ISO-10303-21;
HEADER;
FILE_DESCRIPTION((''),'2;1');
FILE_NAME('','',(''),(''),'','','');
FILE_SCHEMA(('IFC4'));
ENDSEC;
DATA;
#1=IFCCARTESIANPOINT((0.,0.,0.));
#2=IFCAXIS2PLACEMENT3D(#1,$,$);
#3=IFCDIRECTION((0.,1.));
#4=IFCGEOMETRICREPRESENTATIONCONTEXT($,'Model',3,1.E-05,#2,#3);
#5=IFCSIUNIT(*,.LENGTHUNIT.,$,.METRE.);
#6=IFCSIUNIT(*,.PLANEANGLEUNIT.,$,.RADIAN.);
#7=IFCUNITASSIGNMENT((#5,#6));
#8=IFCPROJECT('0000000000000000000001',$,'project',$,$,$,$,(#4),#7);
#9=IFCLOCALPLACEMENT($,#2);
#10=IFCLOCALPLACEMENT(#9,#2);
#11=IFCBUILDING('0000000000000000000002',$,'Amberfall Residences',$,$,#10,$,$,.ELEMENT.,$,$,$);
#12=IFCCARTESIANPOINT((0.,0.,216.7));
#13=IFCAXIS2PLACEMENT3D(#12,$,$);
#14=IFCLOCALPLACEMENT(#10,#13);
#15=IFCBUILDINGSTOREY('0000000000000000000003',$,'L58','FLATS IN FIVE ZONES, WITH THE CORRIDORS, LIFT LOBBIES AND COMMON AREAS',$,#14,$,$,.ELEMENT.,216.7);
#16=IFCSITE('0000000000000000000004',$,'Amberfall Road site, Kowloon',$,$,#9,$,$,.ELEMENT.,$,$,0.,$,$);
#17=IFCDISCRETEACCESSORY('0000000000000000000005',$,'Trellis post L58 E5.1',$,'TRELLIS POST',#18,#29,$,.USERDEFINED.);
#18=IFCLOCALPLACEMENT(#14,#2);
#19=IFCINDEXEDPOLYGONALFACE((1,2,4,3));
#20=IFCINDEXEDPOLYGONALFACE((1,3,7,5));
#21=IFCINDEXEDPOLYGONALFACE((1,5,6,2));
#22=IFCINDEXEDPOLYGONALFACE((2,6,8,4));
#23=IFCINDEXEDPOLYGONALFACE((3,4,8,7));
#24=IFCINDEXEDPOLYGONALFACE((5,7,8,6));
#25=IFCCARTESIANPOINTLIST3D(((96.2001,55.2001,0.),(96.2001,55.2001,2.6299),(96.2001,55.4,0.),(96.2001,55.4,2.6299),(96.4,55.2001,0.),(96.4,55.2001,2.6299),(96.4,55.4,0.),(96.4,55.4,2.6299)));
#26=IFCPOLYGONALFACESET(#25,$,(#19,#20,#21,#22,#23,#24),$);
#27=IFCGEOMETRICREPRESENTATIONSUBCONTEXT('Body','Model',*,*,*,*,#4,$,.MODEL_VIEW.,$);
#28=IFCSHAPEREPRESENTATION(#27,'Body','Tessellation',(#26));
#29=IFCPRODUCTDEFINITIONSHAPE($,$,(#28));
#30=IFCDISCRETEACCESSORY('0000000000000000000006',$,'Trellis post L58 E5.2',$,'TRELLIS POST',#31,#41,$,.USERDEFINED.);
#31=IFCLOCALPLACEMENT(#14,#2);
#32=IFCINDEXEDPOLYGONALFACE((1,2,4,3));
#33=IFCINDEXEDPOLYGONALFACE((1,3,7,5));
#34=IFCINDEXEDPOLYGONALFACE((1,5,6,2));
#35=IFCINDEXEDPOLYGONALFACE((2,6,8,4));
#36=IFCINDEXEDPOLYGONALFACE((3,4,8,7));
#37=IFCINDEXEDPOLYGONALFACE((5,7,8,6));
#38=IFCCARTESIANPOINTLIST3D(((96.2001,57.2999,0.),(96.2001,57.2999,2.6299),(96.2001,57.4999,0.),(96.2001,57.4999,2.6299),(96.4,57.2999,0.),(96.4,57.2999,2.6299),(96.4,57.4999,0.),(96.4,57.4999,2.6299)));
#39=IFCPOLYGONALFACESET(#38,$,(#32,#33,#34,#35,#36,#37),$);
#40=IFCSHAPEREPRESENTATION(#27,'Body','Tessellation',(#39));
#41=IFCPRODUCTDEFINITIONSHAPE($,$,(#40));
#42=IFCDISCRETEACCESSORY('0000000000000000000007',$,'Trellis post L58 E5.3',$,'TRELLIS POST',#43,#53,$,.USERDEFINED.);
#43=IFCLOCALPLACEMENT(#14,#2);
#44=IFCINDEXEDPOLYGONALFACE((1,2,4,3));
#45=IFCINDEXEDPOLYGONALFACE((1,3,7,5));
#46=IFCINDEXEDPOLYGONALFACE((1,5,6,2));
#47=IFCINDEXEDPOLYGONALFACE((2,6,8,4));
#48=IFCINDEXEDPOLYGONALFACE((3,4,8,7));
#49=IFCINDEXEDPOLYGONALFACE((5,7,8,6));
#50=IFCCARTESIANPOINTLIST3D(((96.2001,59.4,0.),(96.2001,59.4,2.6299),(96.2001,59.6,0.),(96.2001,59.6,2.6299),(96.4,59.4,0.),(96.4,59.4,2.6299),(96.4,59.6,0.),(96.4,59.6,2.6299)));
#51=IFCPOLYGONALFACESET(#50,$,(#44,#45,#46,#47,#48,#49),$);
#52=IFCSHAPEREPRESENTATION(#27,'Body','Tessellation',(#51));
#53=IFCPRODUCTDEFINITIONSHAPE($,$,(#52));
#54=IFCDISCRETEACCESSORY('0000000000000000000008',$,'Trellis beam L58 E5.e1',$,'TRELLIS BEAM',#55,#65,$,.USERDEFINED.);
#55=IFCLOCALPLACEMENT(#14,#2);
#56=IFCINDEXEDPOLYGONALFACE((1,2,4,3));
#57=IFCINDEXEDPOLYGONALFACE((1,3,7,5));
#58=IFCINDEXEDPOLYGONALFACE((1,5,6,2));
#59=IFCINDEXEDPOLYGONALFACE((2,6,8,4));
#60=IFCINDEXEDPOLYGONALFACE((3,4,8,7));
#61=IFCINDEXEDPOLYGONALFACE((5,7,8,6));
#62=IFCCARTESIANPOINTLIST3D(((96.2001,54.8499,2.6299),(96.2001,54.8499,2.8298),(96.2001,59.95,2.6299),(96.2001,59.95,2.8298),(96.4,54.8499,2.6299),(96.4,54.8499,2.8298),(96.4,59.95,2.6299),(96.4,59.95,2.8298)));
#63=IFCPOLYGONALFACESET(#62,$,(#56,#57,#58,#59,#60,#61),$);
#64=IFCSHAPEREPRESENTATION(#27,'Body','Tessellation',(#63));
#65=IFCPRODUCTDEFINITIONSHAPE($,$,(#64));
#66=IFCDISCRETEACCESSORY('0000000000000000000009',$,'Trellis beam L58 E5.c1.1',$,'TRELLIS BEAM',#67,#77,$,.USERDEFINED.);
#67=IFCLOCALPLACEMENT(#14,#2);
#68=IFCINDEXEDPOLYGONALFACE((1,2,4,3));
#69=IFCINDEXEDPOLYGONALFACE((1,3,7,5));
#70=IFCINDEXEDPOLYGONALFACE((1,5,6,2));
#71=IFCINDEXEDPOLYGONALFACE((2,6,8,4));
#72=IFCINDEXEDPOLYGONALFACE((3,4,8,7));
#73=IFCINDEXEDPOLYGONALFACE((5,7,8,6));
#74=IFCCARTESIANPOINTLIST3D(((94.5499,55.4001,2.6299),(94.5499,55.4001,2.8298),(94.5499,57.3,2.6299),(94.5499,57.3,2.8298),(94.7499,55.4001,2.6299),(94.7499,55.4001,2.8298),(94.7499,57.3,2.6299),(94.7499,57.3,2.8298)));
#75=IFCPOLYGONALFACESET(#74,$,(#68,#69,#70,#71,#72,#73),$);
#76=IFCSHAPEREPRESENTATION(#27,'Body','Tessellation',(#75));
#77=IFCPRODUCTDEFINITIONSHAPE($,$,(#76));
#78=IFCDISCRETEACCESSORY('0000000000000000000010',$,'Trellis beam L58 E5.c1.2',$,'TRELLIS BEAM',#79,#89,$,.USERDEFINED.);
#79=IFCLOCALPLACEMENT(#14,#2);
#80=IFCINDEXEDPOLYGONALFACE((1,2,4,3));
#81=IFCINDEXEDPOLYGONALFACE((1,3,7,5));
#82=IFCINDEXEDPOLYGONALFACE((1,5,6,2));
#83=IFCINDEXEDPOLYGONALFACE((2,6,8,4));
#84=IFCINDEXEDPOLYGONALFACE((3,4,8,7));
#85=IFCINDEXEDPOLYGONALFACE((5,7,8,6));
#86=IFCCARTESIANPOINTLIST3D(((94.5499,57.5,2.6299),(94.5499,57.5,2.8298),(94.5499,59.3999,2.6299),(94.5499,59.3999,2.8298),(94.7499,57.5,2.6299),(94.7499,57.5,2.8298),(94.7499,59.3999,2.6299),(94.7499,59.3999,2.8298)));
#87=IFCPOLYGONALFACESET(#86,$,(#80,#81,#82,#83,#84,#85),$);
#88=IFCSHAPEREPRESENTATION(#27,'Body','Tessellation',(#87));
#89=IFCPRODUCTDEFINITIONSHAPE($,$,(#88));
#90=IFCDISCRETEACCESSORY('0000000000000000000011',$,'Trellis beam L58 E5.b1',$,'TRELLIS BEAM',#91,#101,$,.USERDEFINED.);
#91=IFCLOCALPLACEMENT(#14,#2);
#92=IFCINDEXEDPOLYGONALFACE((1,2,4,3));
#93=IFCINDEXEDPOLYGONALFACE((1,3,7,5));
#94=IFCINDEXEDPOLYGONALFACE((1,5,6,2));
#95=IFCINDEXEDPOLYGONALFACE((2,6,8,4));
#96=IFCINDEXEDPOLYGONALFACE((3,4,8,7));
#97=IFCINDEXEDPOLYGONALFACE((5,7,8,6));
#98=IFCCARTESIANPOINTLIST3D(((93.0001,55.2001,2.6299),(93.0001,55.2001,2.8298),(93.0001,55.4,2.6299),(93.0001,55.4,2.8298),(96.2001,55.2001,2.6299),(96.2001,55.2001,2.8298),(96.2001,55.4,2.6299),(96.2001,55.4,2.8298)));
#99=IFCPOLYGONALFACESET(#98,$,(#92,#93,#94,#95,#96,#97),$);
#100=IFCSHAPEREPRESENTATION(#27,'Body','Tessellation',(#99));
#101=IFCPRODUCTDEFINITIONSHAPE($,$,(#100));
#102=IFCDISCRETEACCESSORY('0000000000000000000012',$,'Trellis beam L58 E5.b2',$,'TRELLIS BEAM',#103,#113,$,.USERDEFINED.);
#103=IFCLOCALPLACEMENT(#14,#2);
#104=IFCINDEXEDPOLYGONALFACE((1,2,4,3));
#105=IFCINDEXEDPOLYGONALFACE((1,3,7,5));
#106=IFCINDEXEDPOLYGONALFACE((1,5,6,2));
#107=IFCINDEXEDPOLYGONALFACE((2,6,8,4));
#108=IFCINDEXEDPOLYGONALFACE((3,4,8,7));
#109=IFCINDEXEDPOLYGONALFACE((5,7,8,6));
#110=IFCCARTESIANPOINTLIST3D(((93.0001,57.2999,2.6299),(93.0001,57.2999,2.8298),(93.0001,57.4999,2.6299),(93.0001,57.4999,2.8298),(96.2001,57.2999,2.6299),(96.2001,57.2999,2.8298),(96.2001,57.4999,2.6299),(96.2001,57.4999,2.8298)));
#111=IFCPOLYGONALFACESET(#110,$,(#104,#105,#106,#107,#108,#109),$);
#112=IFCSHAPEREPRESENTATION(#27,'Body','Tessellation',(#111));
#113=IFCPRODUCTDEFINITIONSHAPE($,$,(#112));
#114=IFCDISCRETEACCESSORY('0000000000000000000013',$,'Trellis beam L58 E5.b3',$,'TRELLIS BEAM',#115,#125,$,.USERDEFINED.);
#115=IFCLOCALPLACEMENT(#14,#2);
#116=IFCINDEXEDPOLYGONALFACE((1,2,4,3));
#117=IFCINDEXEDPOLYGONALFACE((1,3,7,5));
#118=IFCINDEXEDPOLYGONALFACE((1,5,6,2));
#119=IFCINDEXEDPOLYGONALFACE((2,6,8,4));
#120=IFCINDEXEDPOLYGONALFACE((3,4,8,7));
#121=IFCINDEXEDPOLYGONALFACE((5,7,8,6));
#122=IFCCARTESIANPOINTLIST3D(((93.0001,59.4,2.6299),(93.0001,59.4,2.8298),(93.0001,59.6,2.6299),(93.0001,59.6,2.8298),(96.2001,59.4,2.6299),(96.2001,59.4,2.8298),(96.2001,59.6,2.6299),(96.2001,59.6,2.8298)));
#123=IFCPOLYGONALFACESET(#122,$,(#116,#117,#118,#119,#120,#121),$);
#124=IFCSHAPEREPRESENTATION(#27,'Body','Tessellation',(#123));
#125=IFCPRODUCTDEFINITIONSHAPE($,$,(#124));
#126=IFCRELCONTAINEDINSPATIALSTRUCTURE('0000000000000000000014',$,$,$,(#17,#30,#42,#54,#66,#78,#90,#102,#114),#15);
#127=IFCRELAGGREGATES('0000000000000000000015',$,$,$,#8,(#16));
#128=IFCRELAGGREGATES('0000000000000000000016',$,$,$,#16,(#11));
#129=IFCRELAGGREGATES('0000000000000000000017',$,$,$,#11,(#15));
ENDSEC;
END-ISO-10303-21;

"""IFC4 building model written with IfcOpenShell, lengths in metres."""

from ifc_helpers import new_model, si_unit, direction, frame, origin, origin_2d, place, context, subcontext, project, spatial, rectangle, extrude, element, save


model = new_model("IFC4")

# Units and contexts
model_context = context("Model", 3, precision=1e-05, world=origin(), true_north=direction((0.0, 1.0)))
body_context = subcontext(model_context, "Body", "Model", "MODEL_VIEW")
ifc_project = project(units=[si_unit("LENGTHUNIT", "METRE"), si_unit("PLANEANGLEUNIT", "RADIAN")], contexts=[model_context])

# Site, building, storey
site_placement = place(None, origin())
site = spatial("IfcSite", under=ifc_project, at=site_placement, Name="Amberfall Road site, Kowloon", CompositionType="ELEMENT", RefElevation=0.0)
building_placement = place(site_placement, origin())
building = spatial("IfcBuilding", under=site, at=building_placement, Name="Amberfall Residences", CompositionType="ELEMENT")
storey_placement = place(building_placement, frame((0.0, 0.0, 216.7)))
storey = spatial("IfcBuildingStorey", under=building, at=storey_placement, Name="L58", Description="FLATS IN FIVE ZONES, WITH THE CORRIDORS, LIFT LOBBIES AND COMMON AREAS", CompositionType="ELEMENT", Elevation=216.7)

# Discrete accessories
for number, where, z_axis, x_axis, name in (
    (1, (96.3, 55.3, 0.0), (0.0, 0.0, 1.0), (1.0, 0.0, 0.0), "Trellis post L58 E5.1"),
    (2, (96.3, 57.3999, 0.0), (0.0, 0.0, 1.0), (1.0, 0.0, 0.0), "Trellis post L58 E5.2"),
    (3, (96.3, 59.5, 0.0), (0.0, 0.0, 1.0), (1.0, 0.0, 0.0), "Trellis post L58 E5.3"),
):
    element("IfcDiscreteAccessory", number, at=place(storey_placement, frame(where, z_axis=z_axis, x_axis=x_axis)), inside=storey, Name=name, ObjectType="TRELLIS POST", PredefinedType="USERDEFINED", context=body_context, shape_type="SweptSolid", body=[
        extrude(rectangle(XDim=0.2, YDim=0.2, at=origin_2d()), origin(), (0.0, 0.0, 1.0), 2.6299),
    ])
discrete_accessory_placement = place(storey_placement, frame((96.3, 57.3999, 2.6299), z_axis=(0.0, 0.0, 1.0), x_axis=(0.0, 1.0, 0.0)))
element("IfcDiscreteAccessory", 4, at=discrete_accessory_placement, inside=storey, Name="Trellis beam L58 E5.e1", ObjectType="TRELLIS BEAM", PredefinedType="USERDEFINED", context=body_context, shape_type="SweptSolid", body=[
    extrude(rectangle(XDim=5.1001, YDim=0.2, at=origin_2d()), origin(), (0.0, 0.0, 1.0), 0.2),
])
for number, where, z_axis, x_axis, name in (
    (5, (94.6499, 56.3501, 2.6299), (0.0, 0.0, 1.0), (0.0, 1.0, 0.0), "Trellis beam L58 E5.c1.1"),
    (6, (94.6499, 58.45, 2.6299), (0.0, 0.0, 1.0), (0.0, 1.0, 0.0), "Trellis beam L58 E5.c1.2"),
):
    element("IfcDiscreteAccessory", number, at=place(storey_placement, frame(where, z_axis=z_axis, x_axis=x_axis)), inside=storey, Name=name, ObjectType="TRELLIS BEAM", PredefinedType="USERDEFINED", context=body_context, shape_type="SweptSolid", body=[
        extrude(rectangle(XDim=1.8999, YDim=0.2, at=origin_2d()), origin(), (0.0, 0.0, 1.0), 0.2),
    ])
for number, where, z_axis, x_axis, name in (
    (7, (94.6001, 55.3, 2.6299), (0.0, 0.0, 1.0), (-1.0, 0.0, 0.0), "Trellis beam L58 E5.b1"),
    (8, (94.6001, 57.3999, 2.6299), (0.0, 0.0, 1.0), (-1.0, 0.0, 0.0), "Trellis beam L58 E5.b2"),
    (9, (94.6001, 59.5, 2.6299), (0.0, 0.0, 1.0), (-1.0, 0.0, 0.0), "Trellis beam L58 E5.b3"),
):
    element("IfcDiscreteAccessory", number, at=place(storey_placement, frame(where, z_axis=z_axis, x_axis=x_axis)), inside=storey, Name=name, ObjectType="TRELLIS BEAM", PredefinedType="USERDEFINED", context=body_context, shape_type="SweptSolid", body=[
        extrude(rectangle(XDim=3.2, YDim=0.2, at=origin_2d()), origin(), (0.0, 0.0, 1.0), 0.2),
    ])

save(model, "model.ifc")
